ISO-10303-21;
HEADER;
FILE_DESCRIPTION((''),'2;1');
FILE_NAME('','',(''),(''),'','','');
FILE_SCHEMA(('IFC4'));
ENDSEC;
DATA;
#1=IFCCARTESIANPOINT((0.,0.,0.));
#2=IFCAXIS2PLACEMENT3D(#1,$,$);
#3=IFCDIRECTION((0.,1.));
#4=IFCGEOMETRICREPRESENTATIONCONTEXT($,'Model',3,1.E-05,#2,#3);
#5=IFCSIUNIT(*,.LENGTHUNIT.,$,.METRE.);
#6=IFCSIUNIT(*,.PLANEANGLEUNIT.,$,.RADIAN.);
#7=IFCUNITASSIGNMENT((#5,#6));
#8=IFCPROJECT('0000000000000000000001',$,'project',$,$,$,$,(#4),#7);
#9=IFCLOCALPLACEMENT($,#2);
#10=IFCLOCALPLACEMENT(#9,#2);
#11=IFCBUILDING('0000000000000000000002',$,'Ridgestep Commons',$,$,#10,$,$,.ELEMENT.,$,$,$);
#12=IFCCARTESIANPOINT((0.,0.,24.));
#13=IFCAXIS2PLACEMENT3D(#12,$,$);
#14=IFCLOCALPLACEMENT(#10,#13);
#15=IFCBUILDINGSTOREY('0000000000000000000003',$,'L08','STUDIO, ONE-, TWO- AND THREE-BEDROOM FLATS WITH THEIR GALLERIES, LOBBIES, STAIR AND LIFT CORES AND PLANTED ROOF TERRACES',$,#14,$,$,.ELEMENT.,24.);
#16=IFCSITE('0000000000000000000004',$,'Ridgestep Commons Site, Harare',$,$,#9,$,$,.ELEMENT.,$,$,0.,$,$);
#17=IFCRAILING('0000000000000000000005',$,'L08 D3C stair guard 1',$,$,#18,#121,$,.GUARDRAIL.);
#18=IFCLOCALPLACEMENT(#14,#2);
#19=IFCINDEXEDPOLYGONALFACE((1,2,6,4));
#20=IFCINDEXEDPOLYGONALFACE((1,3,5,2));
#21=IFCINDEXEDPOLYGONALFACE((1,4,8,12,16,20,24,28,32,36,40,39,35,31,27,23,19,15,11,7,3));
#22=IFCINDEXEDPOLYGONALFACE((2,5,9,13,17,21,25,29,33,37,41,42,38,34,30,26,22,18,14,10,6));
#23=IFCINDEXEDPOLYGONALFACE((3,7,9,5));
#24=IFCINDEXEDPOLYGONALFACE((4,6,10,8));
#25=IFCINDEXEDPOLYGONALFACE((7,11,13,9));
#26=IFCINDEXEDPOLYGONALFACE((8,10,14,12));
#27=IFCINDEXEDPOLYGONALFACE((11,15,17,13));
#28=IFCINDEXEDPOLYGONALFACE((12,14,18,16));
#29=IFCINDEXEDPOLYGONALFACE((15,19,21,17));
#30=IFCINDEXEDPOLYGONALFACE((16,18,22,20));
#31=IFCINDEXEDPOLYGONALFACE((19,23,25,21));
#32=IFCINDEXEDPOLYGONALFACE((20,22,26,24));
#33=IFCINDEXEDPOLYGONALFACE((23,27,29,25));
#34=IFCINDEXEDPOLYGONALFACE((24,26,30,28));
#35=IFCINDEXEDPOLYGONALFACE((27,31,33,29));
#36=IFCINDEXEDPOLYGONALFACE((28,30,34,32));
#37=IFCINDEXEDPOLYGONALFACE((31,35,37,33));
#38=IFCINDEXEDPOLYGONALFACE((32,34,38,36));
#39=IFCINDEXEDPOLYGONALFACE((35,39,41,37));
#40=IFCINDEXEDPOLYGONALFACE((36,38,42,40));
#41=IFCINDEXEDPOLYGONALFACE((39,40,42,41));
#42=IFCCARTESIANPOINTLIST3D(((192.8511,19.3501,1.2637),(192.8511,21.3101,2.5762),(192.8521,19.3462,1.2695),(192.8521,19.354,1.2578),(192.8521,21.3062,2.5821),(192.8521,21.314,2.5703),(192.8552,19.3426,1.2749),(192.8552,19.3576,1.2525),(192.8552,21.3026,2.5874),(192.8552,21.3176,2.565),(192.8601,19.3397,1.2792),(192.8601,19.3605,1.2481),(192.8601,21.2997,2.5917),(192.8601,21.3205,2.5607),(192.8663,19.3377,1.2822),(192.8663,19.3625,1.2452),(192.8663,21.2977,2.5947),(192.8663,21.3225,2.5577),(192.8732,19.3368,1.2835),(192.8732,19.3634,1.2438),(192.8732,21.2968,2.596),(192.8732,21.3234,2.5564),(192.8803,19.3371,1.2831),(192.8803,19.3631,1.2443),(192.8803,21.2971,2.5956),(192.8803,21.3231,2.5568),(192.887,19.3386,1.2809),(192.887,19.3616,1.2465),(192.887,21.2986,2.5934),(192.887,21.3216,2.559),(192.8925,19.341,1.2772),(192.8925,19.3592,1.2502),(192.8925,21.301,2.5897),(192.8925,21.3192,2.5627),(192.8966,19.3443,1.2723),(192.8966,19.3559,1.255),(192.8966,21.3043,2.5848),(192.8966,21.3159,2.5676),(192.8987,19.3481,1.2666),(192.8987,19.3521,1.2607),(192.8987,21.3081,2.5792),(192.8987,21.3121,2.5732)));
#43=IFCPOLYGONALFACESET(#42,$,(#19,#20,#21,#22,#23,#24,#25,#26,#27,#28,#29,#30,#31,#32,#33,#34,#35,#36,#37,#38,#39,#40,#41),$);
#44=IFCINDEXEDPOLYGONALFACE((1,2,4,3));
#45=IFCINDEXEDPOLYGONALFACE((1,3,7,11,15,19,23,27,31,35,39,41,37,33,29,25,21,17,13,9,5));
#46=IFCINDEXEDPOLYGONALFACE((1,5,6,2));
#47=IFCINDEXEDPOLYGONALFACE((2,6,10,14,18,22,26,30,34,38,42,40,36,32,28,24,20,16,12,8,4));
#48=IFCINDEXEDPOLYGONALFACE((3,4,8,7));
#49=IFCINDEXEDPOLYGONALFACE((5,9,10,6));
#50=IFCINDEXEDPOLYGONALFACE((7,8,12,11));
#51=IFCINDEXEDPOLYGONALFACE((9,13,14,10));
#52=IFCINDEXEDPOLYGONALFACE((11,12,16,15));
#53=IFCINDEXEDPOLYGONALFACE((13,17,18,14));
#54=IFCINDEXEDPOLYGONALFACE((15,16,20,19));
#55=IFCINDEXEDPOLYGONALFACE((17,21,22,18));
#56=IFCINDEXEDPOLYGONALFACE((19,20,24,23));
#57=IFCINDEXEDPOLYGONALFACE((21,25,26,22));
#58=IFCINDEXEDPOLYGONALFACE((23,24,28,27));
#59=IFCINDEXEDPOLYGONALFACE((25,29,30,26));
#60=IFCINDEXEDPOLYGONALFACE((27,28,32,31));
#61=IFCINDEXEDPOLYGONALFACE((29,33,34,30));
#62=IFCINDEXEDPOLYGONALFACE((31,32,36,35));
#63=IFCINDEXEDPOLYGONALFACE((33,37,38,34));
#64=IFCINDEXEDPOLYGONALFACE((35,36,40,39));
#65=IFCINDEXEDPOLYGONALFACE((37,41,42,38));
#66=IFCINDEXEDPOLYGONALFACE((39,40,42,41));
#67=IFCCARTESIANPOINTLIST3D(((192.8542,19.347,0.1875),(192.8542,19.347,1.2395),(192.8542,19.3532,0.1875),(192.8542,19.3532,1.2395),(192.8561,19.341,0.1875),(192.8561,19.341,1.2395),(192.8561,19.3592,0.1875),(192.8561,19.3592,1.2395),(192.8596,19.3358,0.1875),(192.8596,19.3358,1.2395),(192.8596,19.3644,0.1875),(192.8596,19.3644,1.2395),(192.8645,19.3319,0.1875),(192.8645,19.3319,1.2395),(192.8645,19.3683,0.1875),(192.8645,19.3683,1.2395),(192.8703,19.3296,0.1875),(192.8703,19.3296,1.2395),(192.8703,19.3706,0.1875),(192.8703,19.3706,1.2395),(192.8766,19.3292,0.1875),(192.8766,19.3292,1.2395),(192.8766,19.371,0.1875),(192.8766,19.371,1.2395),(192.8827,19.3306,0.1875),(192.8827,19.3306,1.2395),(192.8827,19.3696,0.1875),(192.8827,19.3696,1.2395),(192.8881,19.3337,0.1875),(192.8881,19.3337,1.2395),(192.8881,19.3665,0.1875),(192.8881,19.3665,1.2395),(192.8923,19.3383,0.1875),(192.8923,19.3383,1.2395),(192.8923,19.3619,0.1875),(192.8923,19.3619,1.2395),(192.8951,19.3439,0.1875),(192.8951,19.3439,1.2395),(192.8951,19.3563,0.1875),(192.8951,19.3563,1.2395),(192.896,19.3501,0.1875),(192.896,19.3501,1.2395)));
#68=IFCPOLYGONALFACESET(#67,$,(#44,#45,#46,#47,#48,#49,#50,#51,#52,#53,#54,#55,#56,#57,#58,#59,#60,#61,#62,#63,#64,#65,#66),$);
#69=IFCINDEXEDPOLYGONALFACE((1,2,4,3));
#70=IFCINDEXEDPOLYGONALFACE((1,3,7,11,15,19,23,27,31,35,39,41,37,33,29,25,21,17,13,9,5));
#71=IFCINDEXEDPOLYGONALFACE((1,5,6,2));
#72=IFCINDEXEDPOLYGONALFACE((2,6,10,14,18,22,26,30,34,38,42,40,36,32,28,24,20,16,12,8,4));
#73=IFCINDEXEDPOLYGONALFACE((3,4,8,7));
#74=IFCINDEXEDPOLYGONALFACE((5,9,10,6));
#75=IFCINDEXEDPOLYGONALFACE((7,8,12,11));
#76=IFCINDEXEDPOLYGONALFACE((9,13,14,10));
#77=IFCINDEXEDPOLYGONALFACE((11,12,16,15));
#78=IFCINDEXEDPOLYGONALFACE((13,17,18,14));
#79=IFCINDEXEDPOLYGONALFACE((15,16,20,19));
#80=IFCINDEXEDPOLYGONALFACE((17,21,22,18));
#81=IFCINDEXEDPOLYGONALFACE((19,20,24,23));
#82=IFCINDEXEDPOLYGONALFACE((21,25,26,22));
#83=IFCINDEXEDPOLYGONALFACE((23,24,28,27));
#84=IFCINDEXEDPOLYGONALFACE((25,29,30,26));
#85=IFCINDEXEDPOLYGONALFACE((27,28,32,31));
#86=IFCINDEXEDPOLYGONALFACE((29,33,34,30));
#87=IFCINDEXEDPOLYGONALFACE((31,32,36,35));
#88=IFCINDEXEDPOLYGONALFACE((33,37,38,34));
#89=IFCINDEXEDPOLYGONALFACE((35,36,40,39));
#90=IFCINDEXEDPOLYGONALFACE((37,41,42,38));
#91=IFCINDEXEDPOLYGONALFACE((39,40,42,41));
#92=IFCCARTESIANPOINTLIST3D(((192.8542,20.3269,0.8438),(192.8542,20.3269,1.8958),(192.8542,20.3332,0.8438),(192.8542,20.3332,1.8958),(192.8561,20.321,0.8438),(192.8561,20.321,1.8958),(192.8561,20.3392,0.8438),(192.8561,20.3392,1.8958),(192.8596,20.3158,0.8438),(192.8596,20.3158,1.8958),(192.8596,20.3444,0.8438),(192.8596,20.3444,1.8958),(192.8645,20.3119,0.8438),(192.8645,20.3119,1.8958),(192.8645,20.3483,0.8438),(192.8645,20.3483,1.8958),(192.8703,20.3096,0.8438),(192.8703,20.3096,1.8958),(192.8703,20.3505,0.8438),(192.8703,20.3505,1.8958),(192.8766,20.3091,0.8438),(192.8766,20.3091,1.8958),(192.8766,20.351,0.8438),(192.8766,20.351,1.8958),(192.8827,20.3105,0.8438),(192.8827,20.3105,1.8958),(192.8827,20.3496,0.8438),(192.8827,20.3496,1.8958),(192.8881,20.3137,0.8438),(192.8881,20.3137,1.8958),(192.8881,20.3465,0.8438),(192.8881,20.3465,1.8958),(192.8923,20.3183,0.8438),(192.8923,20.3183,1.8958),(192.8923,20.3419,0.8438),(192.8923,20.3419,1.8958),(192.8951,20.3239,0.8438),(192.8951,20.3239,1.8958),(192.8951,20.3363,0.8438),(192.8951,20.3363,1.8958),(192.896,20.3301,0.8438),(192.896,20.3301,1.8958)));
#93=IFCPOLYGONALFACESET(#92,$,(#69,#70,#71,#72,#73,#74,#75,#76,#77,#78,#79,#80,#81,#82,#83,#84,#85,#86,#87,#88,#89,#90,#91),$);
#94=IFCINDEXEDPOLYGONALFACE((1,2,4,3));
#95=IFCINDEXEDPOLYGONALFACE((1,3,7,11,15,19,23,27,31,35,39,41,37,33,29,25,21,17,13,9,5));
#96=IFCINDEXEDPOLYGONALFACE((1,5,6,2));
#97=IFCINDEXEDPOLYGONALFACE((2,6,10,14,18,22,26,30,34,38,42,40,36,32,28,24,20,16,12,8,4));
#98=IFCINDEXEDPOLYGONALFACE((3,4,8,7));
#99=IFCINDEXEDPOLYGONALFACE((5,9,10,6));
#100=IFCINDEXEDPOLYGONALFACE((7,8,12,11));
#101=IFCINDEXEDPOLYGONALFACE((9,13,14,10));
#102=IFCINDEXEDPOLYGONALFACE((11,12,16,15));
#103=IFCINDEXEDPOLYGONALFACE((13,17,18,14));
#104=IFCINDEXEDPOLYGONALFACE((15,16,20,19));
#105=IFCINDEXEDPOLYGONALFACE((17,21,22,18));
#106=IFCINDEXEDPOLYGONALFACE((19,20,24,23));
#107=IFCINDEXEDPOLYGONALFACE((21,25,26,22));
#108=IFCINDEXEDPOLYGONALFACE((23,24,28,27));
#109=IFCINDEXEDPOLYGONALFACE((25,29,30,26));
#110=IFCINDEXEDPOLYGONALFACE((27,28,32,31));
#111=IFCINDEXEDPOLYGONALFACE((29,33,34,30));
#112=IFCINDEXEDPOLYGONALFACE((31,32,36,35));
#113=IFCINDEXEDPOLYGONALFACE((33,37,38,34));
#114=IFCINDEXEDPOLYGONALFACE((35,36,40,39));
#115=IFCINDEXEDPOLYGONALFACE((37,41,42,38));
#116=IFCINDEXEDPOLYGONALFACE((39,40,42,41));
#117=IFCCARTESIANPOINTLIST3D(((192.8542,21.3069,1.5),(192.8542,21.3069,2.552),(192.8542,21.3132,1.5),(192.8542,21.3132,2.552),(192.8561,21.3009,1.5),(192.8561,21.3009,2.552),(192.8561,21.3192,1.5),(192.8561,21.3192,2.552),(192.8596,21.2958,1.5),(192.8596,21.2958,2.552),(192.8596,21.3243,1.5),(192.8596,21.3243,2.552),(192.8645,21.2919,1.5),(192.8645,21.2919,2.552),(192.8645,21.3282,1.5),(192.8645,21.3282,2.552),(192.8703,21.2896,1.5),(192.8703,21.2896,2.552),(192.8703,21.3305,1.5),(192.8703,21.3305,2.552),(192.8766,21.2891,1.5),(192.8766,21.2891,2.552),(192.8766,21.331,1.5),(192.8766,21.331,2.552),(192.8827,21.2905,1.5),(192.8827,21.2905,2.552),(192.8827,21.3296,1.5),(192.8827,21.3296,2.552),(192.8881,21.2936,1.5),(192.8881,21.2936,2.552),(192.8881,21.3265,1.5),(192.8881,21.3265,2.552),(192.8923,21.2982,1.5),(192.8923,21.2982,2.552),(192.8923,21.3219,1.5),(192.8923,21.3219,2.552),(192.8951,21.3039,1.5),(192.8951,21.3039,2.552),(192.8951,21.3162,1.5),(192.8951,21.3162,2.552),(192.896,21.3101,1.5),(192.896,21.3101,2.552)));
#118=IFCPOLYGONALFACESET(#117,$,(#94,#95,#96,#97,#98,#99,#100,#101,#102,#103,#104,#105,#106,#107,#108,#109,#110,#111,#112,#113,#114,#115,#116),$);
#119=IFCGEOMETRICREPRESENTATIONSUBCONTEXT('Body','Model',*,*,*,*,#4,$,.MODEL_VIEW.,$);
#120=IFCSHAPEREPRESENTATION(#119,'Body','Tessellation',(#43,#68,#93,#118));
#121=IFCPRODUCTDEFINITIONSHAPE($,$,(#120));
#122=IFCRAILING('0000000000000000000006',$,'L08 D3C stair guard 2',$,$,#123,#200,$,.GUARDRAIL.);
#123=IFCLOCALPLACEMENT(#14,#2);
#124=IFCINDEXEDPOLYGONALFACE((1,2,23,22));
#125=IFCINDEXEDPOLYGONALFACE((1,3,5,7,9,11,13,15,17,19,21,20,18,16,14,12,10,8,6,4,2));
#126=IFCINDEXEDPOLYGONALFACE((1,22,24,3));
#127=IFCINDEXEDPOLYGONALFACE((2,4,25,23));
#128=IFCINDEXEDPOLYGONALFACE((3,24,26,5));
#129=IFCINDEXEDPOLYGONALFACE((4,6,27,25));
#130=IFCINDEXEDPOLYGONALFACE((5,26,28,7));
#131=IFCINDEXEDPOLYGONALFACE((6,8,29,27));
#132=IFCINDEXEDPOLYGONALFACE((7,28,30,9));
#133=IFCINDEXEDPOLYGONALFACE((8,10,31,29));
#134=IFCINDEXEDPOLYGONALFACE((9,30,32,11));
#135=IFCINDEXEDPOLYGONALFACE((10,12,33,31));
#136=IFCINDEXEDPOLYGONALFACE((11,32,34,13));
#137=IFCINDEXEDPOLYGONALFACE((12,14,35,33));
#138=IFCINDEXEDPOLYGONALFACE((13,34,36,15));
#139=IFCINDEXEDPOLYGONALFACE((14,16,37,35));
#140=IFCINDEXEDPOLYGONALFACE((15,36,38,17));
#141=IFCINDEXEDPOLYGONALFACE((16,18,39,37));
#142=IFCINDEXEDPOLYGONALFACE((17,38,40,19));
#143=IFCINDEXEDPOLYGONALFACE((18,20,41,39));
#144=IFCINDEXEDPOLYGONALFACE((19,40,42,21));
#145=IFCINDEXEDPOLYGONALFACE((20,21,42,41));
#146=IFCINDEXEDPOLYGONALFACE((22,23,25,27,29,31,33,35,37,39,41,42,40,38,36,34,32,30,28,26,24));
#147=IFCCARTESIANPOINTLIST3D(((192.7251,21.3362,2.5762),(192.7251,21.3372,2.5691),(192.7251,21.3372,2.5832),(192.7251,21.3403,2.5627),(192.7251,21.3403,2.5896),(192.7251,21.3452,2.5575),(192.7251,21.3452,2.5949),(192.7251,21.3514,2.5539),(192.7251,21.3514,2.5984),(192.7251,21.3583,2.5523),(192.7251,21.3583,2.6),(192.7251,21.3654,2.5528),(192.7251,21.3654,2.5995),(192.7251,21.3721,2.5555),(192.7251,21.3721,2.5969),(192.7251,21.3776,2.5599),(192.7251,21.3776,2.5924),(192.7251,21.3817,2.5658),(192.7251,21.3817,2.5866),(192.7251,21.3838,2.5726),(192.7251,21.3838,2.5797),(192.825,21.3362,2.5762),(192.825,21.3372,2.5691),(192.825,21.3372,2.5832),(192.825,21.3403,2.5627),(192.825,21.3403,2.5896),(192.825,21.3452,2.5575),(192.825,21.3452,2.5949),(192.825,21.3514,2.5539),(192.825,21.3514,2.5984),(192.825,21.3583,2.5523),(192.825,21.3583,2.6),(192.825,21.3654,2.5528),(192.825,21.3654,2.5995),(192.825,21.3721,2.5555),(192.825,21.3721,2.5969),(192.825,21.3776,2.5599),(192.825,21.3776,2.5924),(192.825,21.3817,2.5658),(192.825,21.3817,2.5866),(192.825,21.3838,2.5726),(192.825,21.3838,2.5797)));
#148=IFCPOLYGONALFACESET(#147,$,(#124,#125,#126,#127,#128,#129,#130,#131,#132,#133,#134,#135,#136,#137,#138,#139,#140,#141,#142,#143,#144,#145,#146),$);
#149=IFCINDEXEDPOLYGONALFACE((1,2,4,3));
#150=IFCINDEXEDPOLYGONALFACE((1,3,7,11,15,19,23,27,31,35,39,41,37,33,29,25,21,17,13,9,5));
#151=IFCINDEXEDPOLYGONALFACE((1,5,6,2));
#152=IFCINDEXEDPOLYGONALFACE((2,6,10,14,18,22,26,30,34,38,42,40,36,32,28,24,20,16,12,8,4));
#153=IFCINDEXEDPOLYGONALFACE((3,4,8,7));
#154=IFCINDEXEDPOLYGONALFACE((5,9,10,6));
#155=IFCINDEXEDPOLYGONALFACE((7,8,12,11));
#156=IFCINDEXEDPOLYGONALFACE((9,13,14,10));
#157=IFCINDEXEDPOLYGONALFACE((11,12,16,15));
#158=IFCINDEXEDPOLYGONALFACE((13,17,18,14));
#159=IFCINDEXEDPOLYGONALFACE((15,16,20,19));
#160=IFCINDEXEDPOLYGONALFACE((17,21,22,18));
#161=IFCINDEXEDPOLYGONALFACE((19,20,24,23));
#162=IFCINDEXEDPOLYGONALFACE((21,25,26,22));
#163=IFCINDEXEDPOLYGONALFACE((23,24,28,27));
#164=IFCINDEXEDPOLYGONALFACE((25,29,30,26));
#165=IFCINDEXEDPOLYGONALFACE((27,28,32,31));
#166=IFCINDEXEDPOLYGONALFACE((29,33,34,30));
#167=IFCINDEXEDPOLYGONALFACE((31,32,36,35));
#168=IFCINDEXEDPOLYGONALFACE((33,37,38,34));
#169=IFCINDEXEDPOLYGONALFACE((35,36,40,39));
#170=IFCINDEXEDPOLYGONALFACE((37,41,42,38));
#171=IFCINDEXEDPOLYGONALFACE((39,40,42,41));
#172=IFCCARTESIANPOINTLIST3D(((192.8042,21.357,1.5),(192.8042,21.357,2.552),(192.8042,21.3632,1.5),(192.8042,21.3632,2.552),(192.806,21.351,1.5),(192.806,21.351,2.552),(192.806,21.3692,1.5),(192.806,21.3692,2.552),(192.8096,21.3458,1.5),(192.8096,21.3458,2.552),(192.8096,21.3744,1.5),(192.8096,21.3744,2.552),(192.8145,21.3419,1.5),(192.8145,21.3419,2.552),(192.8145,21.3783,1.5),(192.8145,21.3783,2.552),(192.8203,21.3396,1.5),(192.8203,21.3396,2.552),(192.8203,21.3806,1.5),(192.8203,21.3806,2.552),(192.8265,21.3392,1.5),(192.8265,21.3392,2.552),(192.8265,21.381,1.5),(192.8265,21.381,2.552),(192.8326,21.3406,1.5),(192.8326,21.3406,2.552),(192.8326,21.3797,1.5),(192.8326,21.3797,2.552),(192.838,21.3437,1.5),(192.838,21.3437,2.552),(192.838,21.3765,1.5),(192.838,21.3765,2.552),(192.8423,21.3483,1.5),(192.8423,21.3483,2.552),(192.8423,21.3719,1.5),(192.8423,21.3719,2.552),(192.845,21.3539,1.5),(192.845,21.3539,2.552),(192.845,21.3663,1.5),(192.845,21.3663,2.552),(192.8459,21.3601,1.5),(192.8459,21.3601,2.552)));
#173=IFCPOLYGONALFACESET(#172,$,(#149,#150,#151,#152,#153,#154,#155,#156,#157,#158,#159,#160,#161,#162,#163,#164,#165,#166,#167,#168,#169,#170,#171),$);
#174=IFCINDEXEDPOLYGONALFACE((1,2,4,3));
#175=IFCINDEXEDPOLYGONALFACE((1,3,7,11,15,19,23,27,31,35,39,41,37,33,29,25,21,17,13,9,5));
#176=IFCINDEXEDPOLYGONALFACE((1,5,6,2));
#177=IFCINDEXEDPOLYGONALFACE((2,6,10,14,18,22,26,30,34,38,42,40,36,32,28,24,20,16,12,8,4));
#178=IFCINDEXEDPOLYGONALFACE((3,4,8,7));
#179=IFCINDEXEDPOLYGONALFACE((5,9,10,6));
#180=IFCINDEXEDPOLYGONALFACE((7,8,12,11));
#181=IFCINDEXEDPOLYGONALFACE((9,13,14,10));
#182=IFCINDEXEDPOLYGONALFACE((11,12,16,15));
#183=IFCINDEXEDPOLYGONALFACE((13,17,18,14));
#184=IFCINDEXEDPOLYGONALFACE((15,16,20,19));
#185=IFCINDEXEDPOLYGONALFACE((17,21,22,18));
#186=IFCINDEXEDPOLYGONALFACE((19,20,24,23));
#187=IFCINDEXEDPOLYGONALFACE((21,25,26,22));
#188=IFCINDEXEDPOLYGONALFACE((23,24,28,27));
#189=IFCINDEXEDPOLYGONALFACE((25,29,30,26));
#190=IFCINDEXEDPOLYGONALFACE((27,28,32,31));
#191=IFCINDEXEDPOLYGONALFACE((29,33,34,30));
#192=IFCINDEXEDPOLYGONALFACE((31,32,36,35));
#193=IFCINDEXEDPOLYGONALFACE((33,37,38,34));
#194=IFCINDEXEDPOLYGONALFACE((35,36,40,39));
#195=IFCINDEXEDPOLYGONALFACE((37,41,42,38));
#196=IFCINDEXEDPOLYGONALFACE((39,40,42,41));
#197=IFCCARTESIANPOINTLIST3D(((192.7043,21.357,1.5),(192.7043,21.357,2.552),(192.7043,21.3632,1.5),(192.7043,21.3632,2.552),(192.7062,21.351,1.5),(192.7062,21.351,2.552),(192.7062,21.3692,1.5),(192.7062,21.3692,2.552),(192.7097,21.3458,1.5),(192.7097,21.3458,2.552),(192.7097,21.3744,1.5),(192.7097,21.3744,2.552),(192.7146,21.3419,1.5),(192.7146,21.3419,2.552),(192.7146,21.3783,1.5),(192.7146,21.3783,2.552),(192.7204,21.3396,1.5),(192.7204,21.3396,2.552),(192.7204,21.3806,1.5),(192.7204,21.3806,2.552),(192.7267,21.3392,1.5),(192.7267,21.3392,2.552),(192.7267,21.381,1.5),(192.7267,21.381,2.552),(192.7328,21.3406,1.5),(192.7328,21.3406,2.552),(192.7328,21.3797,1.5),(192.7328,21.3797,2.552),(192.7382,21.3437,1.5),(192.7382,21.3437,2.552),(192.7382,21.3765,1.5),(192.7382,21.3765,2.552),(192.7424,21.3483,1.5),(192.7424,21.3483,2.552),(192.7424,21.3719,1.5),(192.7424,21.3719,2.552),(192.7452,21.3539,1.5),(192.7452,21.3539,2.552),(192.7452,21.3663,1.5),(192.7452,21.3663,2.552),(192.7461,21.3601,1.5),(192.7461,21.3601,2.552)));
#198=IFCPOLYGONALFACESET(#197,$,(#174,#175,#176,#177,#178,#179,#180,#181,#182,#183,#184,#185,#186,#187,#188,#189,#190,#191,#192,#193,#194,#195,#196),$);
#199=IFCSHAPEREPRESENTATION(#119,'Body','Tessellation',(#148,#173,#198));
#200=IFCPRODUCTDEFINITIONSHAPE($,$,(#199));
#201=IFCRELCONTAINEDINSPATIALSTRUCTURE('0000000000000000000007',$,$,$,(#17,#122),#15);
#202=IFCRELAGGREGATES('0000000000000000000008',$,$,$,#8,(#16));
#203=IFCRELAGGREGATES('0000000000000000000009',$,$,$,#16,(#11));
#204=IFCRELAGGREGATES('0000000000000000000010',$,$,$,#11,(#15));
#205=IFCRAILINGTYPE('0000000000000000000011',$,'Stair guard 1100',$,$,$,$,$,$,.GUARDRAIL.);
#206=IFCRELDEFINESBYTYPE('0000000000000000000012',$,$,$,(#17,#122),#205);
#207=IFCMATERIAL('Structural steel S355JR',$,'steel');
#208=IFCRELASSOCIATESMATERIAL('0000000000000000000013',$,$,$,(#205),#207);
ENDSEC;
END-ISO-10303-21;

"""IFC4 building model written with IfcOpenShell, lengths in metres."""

from ifc_helpers import new_model, si_unit, direction, frame, origin, origin_2d, place, context, subcontext, project, spatial, circle, extrude, material, type_object, element, save


model = new_model("IFC4")

# Units and contexts
model_context = context("Model", 3, precision=1e-05, world=origin(), true_north=direction((0.0, 1.0)))
body_context = subcontext(model_context, "Body", "Model", "MODEL_VIEW")
ifc_project = project(units=[si_unit("LENGTHUNIT", "METRE"), si_unit("PLANEANGLEUNIT", "RADIAN")], contexts=[model_context])

# Site, building, storey
site_placement = place(None, origin())
site = spatial("IfcSite", under=ifc_project, at=site_placement, Name="Ridgestep Commons Site, Harare", CompositionType="ELEMENT", RefElevation=0.0)
building_placement = place(site_placement, origin())
building = spatial("IfcBuilding", under=site, at=building_placement, Name="Ridgestep Commons", CompositionType="ELEMENT")
storey_placement = place(building_placement, frame((0.0, 0.0, 24.0)))
storey = spatial("IfcBuildingStorey", under=building, at=storey_placement, Name="L08", Description="STUDIO, ONE-, TWO- AND THREE-BEDROOM FLATS WITH THEIR GALLERIES, LOBBIES, STAIR AND LIFT CORES AND PLANTED ROOF TERRACES", CompositionType="ELEMENT", Elevation=24.0)

# Railings
ifc_material_1 = material(Name="Structural steel S355JR", Category="steel")
railing_type_1 = type_object("IfcRailingType", Name="Stair guard 1100", PredefinedType="GUARDRAIL", material=ifc_material_1)
railing_1_placement = place(storey_placement, frame((192.875, 19.3501, 0.1875)))
element("IfcRailing", 1, at=railing_1_placement, inside=storey, type_object=railing_type_1, Name="L08 D3C stair guard 1", PredefinedType="GUARDRAIL", context=body_context, shape_type="SweptSolid", body=[
    extrude(circle(Radius=0.0239, at=origin_2d()), frame((0.0, 0.0, 1.0762), z_axis=(0.0, 0.830902, 0.556419), x_axis=(-1.0, 0.0, 0.0)), (0.0, 0.0, 1.0), 2.3589),
    extrude(circle(Radius=0.021, at=origin_2d()), origin(), (0.0, 0.0, 1.0), 1.052),
    extrude(circle(Radius=0.021, at=origin_2d()), frame((0.0, 0.98, 0.6562)), (0.0, 0.0, 1.0), 1.052),
    extrude(circle(Radius=0.021, at=origin_2d()), frame((0.0, 1.96, 1.3125)), (0.0, 0.0, 1.0), 1.052),
])
railing_2_placement = place(storey_placement, frame((192.825, 21.3601, 1.5)))
element("IfcRailing", 2, at=railing_2_placement, inside=storey, type_object=railing_type_1, Name="L08 D3C stair guard 2", PredefinedType="GUARDRAIL", context=body_context, shape_type="SweptSolid", body=[
    extrude(circle(Radius=0.0239, at=origin_2d()), frame((0.0, 0.0, 1.0762), z_axis=(-1.0, 0.0, 0.0), x_axis=(0.0, -1.0, 0.0)), (0.0, 0.0, 1.0), 0.0999),
    extrude(circle(Radius=0.021, at=origin_2d()), origin(), (0.0, 0.0, 1.0), 1.052),
    extrude(circle(Radius=0.021, at=origin_2d()), frame((-0.0999, 0.0, 0.0)), (0.0, 0.0, 1.0), 1.052),
])

save(model, "model.ifc")
